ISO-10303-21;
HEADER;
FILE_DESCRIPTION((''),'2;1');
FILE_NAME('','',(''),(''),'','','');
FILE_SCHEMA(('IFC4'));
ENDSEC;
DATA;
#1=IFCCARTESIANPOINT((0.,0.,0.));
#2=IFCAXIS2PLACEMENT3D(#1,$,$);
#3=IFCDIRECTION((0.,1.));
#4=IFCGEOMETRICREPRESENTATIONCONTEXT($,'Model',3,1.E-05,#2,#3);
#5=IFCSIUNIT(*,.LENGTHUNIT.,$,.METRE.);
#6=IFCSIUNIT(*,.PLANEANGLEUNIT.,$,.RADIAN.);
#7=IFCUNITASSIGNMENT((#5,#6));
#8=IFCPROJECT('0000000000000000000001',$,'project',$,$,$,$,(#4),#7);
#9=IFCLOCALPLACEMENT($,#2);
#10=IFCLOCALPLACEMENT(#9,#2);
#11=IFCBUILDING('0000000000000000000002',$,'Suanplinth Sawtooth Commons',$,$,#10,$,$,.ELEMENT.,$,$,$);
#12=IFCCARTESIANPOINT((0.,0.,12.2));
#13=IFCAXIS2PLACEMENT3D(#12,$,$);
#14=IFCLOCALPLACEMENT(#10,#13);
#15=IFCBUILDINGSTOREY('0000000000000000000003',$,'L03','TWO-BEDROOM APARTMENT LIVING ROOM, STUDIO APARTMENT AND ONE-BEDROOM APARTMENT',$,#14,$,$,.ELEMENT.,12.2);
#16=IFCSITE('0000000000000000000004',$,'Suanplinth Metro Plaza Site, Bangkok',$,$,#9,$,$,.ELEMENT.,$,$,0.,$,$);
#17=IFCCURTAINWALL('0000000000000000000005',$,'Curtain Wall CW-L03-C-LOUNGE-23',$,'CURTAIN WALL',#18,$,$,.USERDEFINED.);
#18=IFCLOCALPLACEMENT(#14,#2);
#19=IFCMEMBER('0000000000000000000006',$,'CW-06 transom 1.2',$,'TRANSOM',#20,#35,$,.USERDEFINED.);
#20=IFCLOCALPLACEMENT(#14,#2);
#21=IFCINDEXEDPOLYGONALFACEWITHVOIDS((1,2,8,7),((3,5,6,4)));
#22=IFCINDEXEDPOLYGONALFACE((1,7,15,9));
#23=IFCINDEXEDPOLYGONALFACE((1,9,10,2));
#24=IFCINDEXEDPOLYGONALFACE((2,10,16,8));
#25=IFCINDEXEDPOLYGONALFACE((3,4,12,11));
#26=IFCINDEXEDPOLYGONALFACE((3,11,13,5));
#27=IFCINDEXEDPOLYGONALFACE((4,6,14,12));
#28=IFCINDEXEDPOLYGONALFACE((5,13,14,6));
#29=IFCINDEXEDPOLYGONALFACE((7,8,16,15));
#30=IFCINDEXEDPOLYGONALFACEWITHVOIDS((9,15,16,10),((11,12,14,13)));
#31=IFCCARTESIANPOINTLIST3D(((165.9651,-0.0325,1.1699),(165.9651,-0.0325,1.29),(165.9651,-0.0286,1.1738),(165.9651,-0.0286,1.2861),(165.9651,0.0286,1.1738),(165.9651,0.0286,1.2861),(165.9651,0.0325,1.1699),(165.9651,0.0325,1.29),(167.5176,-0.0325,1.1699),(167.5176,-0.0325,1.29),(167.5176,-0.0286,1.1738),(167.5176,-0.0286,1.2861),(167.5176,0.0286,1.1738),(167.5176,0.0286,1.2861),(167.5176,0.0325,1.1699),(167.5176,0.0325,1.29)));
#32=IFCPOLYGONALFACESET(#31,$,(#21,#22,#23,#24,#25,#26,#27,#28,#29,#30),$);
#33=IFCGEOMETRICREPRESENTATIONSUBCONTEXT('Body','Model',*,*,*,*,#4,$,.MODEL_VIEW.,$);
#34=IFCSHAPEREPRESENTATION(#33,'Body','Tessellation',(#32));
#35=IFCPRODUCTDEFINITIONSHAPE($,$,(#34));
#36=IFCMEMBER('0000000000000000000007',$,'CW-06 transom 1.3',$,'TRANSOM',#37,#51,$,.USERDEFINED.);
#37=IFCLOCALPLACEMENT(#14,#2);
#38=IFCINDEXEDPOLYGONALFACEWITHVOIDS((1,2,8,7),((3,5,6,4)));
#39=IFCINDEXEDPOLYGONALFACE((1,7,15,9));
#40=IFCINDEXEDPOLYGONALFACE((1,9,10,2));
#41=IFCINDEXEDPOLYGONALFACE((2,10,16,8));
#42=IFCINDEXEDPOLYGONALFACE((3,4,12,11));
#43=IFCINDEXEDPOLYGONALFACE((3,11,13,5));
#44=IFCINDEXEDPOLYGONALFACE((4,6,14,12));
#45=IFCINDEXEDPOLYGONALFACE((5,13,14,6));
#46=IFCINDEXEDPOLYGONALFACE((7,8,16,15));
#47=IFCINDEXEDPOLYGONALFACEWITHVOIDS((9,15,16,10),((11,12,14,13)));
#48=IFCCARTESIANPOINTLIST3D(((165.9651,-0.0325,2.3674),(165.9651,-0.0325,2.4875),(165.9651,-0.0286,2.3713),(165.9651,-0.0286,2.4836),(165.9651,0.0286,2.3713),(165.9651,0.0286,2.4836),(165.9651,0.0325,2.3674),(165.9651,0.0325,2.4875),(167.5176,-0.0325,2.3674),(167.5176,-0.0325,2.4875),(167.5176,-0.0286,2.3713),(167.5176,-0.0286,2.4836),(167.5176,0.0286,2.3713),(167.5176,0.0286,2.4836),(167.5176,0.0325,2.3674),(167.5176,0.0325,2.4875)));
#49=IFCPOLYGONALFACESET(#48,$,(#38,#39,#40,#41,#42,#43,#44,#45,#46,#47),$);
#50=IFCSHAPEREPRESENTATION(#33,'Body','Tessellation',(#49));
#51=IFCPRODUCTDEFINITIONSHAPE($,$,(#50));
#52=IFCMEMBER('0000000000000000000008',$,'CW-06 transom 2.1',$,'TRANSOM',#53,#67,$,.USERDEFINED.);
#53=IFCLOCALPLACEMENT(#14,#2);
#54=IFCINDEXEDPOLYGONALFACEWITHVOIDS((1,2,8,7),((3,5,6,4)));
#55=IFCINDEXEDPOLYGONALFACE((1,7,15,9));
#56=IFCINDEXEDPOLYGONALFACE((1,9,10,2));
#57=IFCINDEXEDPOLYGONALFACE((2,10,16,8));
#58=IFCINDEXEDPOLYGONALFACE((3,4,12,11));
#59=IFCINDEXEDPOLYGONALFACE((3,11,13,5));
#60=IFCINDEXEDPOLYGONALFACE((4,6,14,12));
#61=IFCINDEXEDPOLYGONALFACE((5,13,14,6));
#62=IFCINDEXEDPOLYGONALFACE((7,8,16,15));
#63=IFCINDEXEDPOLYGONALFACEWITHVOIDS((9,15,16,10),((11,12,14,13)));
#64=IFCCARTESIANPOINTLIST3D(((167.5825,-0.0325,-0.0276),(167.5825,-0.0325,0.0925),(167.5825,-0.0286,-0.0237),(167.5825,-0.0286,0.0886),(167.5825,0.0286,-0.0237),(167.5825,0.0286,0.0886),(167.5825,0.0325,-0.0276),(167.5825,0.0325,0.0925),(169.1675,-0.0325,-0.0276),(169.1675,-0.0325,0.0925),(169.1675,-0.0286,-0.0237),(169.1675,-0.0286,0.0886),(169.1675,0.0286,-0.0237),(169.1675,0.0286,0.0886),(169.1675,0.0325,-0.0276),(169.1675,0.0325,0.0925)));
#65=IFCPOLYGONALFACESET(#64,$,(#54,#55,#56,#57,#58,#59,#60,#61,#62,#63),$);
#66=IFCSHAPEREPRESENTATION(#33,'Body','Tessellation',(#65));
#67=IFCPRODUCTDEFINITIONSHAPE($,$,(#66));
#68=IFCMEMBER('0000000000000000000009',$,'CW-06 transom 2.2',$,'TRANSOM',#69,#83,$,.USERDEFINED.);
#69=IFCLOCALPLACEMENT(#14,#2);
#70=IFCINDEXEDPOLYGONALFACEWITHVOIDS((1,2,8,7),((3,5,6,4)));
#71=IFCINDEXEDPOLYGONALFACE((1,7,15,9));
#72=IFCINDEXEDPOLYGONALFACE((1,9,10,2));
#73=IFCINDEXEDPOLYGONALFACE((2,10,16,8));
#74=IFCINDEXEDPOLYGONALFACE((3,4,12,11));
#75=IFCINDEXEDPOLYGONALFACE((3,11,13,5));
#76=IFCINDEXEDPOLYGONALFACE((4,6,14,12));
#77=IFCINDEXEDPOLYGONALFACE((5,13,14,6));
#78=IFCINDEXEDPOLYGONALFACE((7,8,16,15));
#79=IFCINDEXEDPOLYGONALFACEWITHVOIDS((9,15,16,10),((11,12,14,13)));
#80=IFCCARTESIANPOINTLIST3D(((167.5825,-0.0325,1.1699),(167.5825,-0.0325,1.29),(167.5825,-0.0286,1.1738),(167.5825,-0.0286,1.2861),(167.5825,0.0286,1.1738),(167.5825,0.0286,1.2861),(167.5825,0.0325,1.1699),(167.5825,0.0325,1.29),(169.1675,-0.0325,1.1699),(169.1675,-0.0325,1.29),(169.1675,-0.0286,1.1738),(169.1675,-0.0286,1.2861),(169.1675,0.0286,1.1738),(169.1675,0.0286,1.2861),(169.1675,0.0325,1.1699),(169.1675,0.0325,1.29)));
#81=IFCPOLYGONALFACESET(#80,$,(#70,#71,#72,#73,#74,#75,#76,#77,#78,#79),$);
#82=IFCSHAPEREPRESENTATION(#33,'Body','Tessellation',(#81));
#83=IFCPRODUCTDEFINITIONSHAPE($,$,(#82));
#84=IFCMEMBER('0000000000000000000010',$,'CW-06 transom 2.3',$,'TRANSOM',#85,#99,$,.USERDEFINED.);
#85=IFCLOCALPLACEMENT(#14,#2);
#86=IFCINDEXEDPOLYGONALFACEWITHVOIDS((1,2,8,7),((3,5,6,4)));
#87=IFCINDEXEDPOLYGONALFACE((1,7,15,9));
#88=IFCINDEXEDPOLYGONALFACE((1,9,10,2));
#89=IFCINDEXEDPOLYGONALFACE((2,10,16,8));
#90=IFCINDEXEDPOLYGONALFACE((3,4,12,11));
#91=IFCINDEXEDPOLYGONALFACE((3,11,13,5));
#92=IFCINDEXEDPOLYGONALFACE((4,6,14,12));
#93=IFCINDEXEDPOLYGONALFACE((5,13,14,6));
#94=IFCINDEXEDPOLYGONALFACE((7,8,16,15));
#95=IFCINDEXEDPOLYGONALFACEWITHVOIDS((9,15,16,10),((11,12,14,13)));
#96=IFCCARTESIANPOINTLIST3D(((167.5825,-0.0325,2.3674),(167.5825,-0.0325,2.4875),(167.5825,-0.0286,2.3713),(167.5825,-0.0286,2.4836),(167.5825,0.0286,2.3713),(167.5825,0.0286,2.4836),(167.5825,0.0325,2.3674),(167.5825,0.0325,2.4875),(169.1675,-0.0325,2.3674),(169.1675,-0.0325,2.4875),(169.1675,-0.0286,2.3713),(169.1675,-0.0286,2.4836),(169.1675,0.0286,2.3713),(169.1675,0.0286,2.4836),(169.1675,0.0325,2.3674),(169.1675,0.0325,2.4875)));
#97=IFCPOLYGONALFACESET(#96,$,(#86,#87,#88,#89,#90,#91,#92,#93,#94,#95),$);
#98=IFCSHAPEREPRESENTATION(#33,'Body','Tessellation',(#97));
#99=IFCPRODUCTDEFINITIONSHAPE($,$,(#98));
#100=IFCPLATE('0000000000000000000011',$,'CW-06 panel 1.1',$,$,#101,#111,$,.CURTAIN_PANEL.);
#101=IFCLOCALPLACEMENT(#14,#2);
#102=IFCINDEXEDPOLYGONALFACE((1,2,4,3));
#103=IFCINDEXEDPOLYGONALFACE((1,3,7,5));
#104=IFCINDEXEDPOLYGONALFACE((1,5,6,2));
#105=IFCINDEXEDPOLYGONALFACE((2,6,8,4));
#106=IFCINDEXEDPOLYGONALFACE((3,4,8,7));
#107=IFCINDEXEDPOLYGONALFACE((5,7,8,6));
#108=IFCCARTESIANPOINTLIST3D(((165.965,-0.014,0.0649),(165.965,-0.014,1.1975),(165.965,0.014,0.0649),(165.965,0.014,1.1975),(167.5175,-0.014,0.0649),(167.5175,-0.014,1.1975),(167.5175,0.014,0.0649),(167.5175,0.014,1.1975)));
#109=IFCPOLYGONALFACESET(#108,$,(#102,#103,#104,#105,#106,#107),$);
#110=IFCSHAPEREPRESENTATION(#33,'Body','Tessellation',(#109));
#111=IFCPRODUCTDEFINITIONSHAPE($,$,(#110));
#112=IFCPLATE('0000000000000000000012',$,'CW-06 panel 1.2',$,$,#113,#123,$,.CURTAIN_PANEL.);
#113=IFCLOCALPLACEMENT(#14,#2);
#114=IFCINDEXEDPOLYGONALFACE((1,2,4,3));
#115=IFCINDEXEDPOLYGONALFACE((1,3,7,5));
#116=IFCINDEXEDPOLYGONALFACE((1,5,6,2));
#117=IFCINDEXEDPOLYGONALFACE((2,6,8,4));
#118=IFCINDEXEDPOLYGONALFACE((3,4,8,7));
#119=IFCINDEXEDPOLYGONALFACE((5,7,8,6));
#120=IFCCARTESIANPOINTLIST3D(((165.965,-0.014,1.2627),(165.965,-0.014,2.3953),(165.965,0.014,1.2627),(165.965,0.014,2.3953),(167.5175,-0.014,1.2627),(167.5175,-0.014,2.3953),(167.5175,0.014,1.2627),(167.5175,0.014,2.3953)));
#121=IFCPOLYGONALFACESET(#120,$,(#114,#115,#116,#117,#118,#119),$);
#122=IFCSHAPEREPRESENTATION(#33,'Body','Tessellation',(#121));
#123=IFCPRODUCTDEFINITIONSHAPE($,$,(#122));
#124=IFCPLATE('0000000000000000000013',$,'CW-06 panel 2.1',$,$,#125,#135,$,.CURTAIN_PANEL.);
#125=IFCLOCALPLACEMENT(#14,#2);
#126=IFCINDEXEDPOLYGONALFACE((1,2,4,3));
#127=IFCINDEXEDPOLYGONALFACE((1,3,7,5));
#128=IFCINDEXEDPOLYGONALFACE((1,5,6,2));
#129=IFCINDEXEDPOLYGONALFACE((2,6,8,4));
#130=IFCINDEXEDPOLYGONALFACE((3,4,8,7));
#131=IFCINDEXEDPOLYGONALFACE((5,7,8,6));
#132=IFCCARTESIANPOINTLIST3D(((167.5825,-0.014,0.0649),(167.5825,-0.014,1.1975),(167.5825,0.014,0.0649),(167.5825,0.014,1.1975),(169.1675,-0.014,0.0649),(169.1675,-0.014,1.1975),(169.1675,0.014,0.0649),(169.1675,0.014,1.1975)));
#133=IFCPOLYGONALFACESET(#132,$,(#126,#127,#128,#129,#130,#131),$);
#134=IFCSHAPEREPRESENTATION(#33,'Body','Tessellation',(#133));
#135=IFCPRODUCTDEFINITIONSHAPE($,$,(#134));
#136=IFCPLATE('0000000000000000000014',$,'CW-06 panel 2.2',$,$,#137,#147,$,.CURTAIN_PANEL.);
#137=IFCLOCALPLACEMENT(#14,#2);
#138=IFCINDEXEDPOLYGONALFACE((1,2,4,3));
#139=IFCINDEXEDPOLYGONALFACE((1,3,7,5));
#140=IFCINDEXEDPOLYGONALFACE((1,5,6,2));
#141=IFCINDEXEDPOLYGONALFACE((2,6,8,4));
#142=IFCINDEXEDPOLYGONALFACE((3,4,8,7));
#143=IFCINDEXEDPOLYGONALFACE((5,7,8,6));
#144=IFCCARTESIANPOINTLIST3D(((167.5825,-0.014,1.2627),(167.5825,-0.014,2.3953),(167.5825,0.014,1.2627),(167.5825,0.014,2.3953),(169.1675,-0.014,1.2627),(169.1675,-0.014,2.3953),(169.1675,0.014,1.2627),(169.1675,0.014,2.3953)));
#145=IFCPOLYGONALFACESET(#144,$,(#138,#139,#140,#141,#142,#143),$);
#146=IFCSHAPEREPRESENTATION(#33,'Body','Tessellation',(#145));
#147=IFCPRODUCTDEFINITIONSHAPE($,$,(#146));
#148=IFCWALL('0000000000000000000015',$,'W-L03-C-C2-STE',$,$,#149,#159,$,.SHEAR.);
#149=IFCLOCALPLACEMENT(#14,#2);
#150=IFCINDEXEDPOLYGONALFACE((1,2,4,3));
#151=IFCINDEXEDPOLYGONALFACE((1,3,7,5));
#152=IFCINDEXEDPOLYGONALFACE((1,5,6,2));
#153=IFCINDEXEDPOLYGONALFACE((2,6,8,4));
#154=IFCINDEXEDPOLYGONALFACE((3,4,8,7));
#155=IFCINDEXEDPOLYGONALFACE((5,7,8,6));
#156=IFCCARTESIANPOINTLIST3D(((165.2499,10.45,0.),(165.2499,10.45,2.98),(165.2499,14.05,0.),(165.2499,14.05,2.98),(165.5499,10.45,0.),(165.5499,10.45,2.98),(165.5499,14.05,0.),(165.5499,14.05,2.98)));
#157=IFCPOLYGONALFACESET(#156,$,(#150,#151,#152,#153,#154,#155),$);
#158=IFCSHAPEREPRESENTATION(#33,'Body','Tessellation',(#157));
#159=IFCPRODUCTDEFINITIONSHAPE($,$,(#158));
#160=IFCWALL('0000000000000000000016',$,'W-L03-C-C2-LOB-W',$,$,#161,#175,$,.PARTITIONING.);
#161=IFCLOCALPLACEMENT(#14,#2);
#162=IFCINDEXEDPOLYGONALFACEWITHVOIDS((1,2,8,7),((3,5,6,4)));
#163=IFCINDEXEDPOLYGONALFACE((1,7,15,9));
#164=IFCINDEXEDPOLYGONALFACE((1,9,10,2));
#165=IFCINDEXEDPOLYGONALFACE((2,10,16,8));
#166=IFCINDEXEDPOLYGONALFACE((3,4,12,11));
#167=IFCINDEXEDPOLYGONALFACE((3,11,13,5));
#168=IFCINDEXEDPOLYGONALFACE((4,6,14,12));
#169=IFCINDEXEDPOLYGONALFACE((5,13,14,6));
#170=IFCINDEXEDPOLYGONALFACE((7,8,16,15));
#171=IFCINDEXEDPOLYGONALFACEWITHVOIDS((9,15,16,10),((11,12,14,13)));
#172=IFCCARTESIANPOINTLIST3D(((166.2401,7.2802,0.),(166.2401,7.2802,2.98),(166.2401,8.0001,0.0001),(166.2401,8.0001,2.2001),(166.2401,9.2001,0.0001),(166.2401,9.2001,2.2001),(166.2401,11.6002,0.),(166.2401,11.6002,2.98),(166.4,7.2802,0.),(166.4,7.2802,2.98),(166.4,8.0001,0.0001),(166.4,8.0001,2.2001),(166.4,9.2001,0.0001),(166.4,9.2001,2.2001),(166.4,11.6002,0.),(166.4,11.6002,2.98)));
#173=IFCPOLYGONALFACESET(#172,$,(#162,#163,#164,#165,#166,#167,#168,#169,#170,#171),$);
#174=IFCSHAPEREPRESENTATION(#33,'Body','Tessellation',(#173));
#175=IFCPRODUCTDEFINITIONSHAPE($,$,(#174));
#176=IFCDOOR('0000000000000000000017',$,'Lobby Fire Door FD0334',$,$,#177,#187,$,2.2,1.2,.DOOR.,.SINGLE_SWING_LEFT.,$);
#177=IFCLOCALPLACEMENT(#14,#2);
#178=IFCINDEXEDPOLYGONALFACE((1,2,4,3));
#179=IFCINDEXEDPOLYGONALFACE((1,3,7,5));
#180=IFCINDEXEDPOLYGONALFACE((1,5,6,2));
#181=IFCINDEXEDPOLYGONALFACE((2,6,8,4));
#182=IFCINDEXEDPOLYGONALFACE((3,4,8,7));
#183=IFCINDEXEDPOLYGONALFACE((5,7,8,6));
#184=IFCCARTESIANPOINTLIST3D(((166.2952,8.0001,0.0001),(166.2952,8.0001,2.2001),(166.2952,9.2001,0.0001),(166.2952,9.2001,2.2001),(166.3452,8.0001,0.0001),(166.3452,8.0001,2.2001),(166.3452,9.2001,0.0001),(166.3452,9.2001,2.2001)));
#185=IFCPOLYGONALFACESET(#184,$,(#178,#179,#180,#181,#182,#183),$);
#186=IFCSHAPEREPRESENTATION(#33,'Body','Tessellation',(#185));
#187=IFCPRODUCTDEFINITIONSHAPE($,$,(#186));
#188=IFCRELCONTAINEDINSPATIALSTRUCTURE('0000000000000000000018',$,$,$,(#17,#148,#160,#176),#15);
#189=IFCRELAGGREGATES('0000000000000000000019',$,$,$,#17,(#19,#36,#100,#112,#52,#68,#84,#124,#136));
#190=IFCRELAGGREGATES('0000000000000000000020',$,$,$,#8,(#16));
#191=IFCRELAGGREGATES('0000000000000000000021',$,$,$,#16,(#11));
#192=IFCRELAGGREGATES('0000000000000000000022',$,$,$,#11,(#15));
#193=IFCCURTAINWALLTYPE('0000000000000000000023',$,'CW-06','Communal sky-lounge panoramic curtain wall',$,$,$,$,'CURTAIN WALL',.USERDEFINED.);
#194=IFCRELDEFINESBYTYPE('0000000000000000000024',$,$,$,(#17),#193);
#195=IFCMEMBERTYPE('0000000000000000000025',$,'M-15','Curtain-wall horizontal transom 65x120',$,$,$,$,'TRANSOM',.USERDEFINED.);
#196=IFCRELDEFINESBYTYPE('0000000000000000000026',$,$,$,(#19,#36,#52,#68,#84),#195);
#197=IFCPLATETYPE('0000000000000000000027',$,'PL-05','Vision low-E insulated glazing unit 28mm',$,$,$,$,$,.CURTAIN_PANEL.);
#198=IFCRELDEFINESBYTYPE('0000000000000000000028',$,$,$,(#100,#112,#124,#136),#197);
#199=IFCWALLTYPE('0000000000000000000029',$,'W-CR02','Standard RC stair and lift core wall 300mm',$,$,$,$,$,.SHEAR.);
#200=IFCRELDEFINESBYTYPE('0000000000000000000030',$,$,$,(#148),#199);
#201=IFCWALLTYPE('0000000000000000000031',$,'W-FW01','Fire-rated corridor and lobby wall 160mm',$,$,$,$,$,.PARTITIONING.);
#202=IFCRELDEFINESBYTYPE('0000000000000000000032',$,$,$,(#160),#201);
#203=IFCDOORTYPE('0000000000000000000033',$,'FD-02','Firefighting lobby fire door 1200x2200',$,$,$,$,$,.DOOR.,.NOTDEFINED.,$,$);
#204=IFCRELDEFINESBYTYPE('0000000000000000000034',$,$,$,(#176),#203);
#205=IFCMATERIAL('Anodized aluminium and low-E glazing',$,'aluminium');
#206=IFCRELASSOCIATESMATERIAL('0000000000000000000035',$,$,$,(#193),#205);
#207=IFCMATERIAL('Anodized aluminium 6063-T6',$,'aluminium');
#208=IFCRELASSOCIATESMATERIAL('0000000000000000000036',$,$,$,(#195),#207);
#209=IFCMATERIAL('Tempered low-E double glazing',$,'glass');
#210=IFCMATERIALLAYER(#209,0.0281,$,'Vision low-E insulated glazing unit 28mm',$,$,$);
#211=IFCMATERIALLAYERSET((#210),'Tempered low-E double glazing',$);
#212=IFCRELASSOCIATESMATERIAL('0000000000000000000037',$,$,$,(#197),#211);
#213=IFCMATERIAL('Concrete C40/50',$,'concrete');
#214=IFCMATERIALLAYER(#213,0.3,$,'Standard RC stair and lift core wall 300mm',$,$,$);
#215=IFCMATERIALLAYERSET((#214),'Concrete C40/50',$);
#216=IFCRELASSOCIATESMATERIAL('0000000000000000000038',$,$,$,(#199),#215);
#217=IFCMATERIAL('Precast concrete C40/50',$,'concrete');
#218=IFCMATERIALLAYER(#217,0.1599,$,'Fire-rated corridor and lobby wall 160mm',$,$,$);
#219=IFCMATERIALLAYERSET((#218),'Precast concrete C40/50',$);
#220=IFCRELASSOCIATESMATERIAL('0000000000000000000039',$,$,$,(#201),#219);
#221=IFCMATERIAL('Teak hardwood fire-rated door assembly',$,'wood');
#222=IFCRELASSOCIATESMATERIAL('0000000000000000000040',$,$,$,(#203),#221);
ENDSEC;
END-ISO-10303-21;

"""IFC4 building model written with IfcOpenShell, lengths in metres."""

from ifc_helpers import new_model, si_unit, direction, frame, frame_2d, origin, origin_2d, place, context, subcontext, project, spatial, rectangle, hollow_rectangle, extrude, material, layer, layer_set, material_profile, profile_set, type_object, element, fill, aggregate, save


model = new_model("IFC4")

# Units and contexts
model_context = context("Model", 3, precision=1e-05, world=origin(), true_north=direction((0.0, 1.0)))
body_context = subcontext(model_context, "Body", "Model", "MODEL_VIEW")
ifc_project = project(units=[si_unit("LENGTHUNIT", "METRE"), si_unit("PLANEANGLEUNIT", "RADIAN")], contexts=[model_context])

# Site, building, storey
site_placement = place(None, origin())
site = spatial("IfcSite", under=ifc_project, at=site_placement, Name="Suanplinth Metro Plaza Site, Bangkok", CompositionType="ELEMENT", RefElevation=0.0)
building_placement = place(site_placement, origin())
building = spatial("IfcBuilding", under=site, at=building_placement, Name="Suanplinth Sawtooth Commons", CompositionType="ELEMENT")
storey_placement = place(building_placement, frame((0.0, 0.0, 12.2)))
storey = spatial("IfcBuildingStorey", under=building, at=storey_placement, Name="L03", Description="TWO-BEDROOM APARTMENT LIVING ROOM, STUDIO APARTMENT AND ONE-BEDROOM APARTMENT", CompositionType="ELEMENT", Elevation=12.2)

# Shared definitions
ifc_material_1 = material(Name="Precast concrete C40/50", Category="concrete")

# Curtain wall, members, plates
ifc_material_2 = material(Name="Anodized aluminium and low-E glazing", Category="aluminium")
curtain_wall_type = type_object("IfcCurtainWallType", Name="CW-06", Description="Communal sky-lounge panoramic curtain wall", ElementType="CURTAIN WALL", PredefinedType="USERDEFINED", material=ifc_material_2)
curtain_wall_placement = place(storey_placement, origin())
curtain_wall = element("IfcCurtainWall", 1, at=curtain_wall_placement, inside=storey, type_object=curtain_wall_type, Name="Curtain Wall CW-L03-C-LOUNGE-23", ObjectType="CURTAIN WALL", PredefinedType="USERDEFINED")
ifc_material_3 = material(Name="Anodized aluminium 6063-T6", Category="aluminium")
ifc_material_profile_1 = material_profile(ifc_material_3, hollow_rectangle(XDim=0.0649, YDim=0.1201, WallThickness=0.0039, at=origin_2d()), Name="ALU-TRN 65x120")
ifc_profile_set_1 = profile_set([ifc_material_profile_1], Name="Anodized aluminium 6063-T6")
member_type_1 = type_object("IfcMemberType", Name="M-15", Description="Curtain-wall horizontal transom 65x120", ElementType="TRANSOM", PredefinedType="USERDEFINED", material=ifc_profile_set_1)
member_1_placement = place(storey_placement, frame((165.9651, 0.0, 1.23), z_axis=(1.0, 0.0, 0.0), x_axis=(0.0, 1.0, 0.0)))
member_1 = element("IfcMember", 2, at=member_1_placement, type_object=member_type_1, Name="CW-06 transom 1.2", ObjectType="TRANSOM", PredefinedType="USERDEFINED", context=body_context, shape_type="SweptSolid", body=[
    extrude(hollow_rectangle(XDim=0.0649, YDim=0.1201, WallThickness=0.0039, at=origin_2d()), origin(), (0.0, 0.0, 1.0), 1.5525),
])
member_2_placement = place(storey_placement, frame((165.9651, 0.0, 2.4275), z_axis=(1.0, 0.0, 0.0), x_axis=(0.0, 1.0, 0.0)))
member_2 = element("IfcMember", 3, at=member_2_placement, type_object=member_type_1, Name="CW-06 transom 1.3", ObjectType="TRANSOM", PredefinedType="USERDEFINED", context=body_context, shape_type="SweptSolid", body=[
    extrude(hollow_rectangle(XDim=0.0649, YDim=0.1201, WallThickness=0.0039, at=origin_2d()), origin(), (0.0, 0.0, 1.0), 1.5525),
])
member_3_placement = place(storey_placement, frame((167.5825, 0.0, 0.0325), z_axis=(1.0, 0.0, 0.0), x_axis=(0.0, 1.0, 0.0)))
member_3 = element("IfcMember", 4, at=member_3_placement, type_object=member_type_1, Name="CW-06 transom 2.1", ObjectType="TRANSOM", PredefinedType="USERDEFINED", context=body_context, shape_type="SweptSolid", body=[
    extrude(hollow_rectangle(XDim=0.0649, YDim=0.1201, WallThickness=0.0039, at=origin_2d()), origin(), (0.0, 0.0, 1.0), 1.585),
])
member_4_placement = place(storey_placement, frame((167.5825, 0.0, 1.23), z_axis=(1.0, 0.0, 0.0), x_axis=(0.0, 1.0, 0.0)))
member_4 = element("IfcMember", 5, at=member_4_placement, type_object=member_type_1, Name="CW-06 transom 2.2", ObjectType="TRANSOM", PredefinedType="USERDEFINED", context=body_context, shape_type="SweptSolid", body=[
    extrude(hollow_rectangle(XDim=0.0649, YDim=0.1201, WallThickness=0.0039, at=origin_2d()), origin(), (0.0, 0.0, 1.0), 1.585),
])
member_5_placement = place(storey_placement, frame((167.5825, 0.0, 2.4275), z_axis=(1.0, 0.0, 0.0), x_axis=(0.0, 1.0, 0.0)))
member_5 = element("IfcMember", 6, at=member_5_placement, type_object=member_type_1, Name="CW-06 transom 2.3", ObjectType="TRANSOM", PredefinedType="USERDEFINED", context=body_context, shape_type="SweptSolid", body=[
    extrude(hollow_rectangle(XDim=0.0649, YDim=0.1201, WallThickness=0.0039, at=origin_2d()), origin(), (0.0, 0.0, 1.0), 1.585),
])
ifc_material_4 = material(Name="Tempered low-E double glazing", Category="glass")
ifc_layer_1 = layer(ifc_material_4, 0.0281, Name="Vision low-E insulated glazing unit 28mm")
ifc_layer_set_1 = layer_set([ifc_layer_1], Name="Tempered low-E double glazing")
plate_type = type_object("IfcPlateType", Name="PL-05", Description="Vision low-E insulated glazing unit 28mm", PredefinedType="CURTAIN_PANEL", material=ifc_layer_set_1)
plate_1_placement = place(storey_placement, frame((166.7412, 0.0, 0.0649), z_axis=(0.0, 0.0, 1.0), x_axis=(1.0, 0.0, 0.0)))
plate_1 = element("IfcPlate", 7, at=plate_1_placement, type_object=plate_type, Name="CW-06 panel 1.1", PredefinedType="CURTAIN_PANEL", context=body_context, shape_type="SweptSolid", body=[
    extrude(rectangle(XDim=1.5525, YDim=0.0281, at=origin_2d()), origin(), (0.0, 0.0, 1.0), 1.1326),
])
plate_2_placement = place(storey_placement, frame((166.7412, 0.0, 1.2627), z_axis=(0.0, 0.0, 1.0), x_axis=(1.0, 0.0, 0.0)))
plate_2 = element("IfcPlate", 8, at=plate_2_placement, type_object=plate_type, Name="CW-06 panel 1.2", PredefinedType="CURTAIN_PANEL", context=body_context, shape_type="SweptSolid", body=[
    extrude(rectangle(XDim=1.5525, YDim=0.0281, at=origin_2d()), origin(), (0.0, 0.0, 1.0), 1.1326),
])
plate_3_placement = place(storey_placement, frame((168.375, 0.0, 0.0649), z_axis=(0.0, 0.0, 1.0), x_axis=(1.0, 0.0, 0.0)))
plate_3 = element("IfcPlate", 9, at=plate_3_placement, type_object=plate_type, Name="CW-06 panel 2.1", PredefinedType="CURTAIN_PANEL", context=body_context, shape_type="SweptSolid", body=[
    extrude(rectangle(XDim=1.585, YDim=0.0281, at=origin_2d()), origin(), (0.0, 0.0, 1.0), 1.1326),
])
plate_4_placement = place(storey_placement, frame((168.375, 0.0, 1.2627), z_axis=(0.0, 0.0, 1.0), x_axis=(1.0, 0.0, 0.0)))
plate_4 = element("IfcPlate", 10, at=plate_4_placement, type_object=plate_type, Name="CW-06 panel 2.2", PredefinedType="CURTAIN_PANEL", context=body_context, shape_type="SweptSolid", body=[
    extrude(rectangle(XDim=1.585, YDim=0.0281, at=origin_2d()), origin(), (0.0, 0.0, 1.0), 1.1326),
])
aggregate(curtain_wall, [member_1, member_2, plate_1, plate_2, member_3, member_4, member_5, plate_3, plate_4])

# Wall
ifc_material_5 = material(Name="Concrete C40/50", Category="concrete")
ifc_layer_2 = layer(ifc_material_5, 0.3, Name="Standard RC stair and lift core wall 300mm")
ifc_layer_set_2 = layer_set([ifc_layer_2], Name="Concrete C40/50")
wall_type_1 = type_object("IfcWallType", Name="W-CR02", Description="Standard RC stair and lift core wall 300mm", PredefinedType="SHEAR", material=ifc_layer_set_2)
wall_1_placement = place(storey_placement, frame((165.3999, 10.45, 0.0), z_axis=(0.0, 0.0, 1.0), x_axis=(0.0, 1.0, 0.0)))
element("IfcWall", 11, at=wall_1_placement, inside=storey, type_object=wall_type_1, Name="W-L03-C-C2-STE", PredefinedType="SHEAR", context=body_context, shape_type="SweptSolid", body=[
    extrude(rectangle(XDim=3.6001, YDim=0.3, at=frame_2d((1.8, 0.0))), origin(), (0.0, 0.0, 1.0), 2.98),
])

# Wall, opening, door
ifc_layer_3 = layer(ifc_material_1, 0.1599, Name="Fire-rated corridor and lobby wall 160mm")
ifc_layer_set_3 = layer_set([ifc_layer_3], Name="Precast concrete C40/50")
wall_type_2 = type_object("IfcWallType", Name="W-FW01", Description="Fire-rated corridor and lobby wall 160mm", PredefinedType="PARTITIONING", material=ifc_layer_set_3)
wall_2_placement = place(storey_placement, frame((166.3201, 7.28, 0.0), z_axis=(0.0, 0.0, 1.0), x_axis=(0.0, 1.0, 0.0)))
wall_2 = element("IfcWall", 12, at=wall_2_placement, inside=storey, type_object=wall_type_2, Name="W-L03-C-C2-LOB-W", PredefinedType="PARTITIONING", context=body_context, shape_type="SweptSolid", body=[
    extrude(rectangle(XDim=4.3201, YDim=0.1599, at=frame_2d((2.1602, 0.0))), origin(), (0.0, 0.0, 1.0), 2.98),
])
opening_1_placement = place(wall_2_placement, frame((0.72, 0.0, 0.0)))
opening_1 = element("IfcOpeningElement", 13, at=opening_1_placement, cuts=wall_2, PredefinedType="OPENING", context=body_context, shape_type="SweptSolid", body=[
    extrude(rectangle(XDim=1.2, YDim=2.2, at=frame_2d((0.6001, 1.1001))), frame((0.0, 0.0947, 0.0), z_axis=(0.0, -1.0, 0.0), x_axis=(1.0, 0.0, 0.0)), (0.0, 0.0, 1.0), 0.1897),
])
ifc_material_6 = material(Name="Teak hardwood fire-rated door assembly", Category="wood")
door_type_1 = type_object("IfcDoorType", Name="FD-02", Description="Firefighting lobby fire door 1200x2200", OperationType="NOTDEFINED", PredefinedType="DOOR", material=ifc_material_6)
door_1_placement = place(opening_1_placement, origin())
door_1 = element("IfcDoor", 14, at=door_1_placement, inside=storey, type_object=door_type_1, Name="Lobby Fire Door FD0334", OperationType="SINGLE_SWING_LEFT", OverallHeight=2.2, OverallWidth=1.2, PredefinedType="DOOR", context=body_context, shape_type="SweptSolid", body=[
    extrude(rectangle(XDim=1.2, YDim=2.2, at=frame_2d((0.6001, 1.1001))), frame((0.0, 0.0249, 0.0), z_axis=(0.0, -1.0, 0.0), x_axis=(1.0, 0.0, 0.0)), (0.0, 0.0, 1.0), 0.05),
])
fill(opening_1, door_1)

save(model, "model.ifc")
